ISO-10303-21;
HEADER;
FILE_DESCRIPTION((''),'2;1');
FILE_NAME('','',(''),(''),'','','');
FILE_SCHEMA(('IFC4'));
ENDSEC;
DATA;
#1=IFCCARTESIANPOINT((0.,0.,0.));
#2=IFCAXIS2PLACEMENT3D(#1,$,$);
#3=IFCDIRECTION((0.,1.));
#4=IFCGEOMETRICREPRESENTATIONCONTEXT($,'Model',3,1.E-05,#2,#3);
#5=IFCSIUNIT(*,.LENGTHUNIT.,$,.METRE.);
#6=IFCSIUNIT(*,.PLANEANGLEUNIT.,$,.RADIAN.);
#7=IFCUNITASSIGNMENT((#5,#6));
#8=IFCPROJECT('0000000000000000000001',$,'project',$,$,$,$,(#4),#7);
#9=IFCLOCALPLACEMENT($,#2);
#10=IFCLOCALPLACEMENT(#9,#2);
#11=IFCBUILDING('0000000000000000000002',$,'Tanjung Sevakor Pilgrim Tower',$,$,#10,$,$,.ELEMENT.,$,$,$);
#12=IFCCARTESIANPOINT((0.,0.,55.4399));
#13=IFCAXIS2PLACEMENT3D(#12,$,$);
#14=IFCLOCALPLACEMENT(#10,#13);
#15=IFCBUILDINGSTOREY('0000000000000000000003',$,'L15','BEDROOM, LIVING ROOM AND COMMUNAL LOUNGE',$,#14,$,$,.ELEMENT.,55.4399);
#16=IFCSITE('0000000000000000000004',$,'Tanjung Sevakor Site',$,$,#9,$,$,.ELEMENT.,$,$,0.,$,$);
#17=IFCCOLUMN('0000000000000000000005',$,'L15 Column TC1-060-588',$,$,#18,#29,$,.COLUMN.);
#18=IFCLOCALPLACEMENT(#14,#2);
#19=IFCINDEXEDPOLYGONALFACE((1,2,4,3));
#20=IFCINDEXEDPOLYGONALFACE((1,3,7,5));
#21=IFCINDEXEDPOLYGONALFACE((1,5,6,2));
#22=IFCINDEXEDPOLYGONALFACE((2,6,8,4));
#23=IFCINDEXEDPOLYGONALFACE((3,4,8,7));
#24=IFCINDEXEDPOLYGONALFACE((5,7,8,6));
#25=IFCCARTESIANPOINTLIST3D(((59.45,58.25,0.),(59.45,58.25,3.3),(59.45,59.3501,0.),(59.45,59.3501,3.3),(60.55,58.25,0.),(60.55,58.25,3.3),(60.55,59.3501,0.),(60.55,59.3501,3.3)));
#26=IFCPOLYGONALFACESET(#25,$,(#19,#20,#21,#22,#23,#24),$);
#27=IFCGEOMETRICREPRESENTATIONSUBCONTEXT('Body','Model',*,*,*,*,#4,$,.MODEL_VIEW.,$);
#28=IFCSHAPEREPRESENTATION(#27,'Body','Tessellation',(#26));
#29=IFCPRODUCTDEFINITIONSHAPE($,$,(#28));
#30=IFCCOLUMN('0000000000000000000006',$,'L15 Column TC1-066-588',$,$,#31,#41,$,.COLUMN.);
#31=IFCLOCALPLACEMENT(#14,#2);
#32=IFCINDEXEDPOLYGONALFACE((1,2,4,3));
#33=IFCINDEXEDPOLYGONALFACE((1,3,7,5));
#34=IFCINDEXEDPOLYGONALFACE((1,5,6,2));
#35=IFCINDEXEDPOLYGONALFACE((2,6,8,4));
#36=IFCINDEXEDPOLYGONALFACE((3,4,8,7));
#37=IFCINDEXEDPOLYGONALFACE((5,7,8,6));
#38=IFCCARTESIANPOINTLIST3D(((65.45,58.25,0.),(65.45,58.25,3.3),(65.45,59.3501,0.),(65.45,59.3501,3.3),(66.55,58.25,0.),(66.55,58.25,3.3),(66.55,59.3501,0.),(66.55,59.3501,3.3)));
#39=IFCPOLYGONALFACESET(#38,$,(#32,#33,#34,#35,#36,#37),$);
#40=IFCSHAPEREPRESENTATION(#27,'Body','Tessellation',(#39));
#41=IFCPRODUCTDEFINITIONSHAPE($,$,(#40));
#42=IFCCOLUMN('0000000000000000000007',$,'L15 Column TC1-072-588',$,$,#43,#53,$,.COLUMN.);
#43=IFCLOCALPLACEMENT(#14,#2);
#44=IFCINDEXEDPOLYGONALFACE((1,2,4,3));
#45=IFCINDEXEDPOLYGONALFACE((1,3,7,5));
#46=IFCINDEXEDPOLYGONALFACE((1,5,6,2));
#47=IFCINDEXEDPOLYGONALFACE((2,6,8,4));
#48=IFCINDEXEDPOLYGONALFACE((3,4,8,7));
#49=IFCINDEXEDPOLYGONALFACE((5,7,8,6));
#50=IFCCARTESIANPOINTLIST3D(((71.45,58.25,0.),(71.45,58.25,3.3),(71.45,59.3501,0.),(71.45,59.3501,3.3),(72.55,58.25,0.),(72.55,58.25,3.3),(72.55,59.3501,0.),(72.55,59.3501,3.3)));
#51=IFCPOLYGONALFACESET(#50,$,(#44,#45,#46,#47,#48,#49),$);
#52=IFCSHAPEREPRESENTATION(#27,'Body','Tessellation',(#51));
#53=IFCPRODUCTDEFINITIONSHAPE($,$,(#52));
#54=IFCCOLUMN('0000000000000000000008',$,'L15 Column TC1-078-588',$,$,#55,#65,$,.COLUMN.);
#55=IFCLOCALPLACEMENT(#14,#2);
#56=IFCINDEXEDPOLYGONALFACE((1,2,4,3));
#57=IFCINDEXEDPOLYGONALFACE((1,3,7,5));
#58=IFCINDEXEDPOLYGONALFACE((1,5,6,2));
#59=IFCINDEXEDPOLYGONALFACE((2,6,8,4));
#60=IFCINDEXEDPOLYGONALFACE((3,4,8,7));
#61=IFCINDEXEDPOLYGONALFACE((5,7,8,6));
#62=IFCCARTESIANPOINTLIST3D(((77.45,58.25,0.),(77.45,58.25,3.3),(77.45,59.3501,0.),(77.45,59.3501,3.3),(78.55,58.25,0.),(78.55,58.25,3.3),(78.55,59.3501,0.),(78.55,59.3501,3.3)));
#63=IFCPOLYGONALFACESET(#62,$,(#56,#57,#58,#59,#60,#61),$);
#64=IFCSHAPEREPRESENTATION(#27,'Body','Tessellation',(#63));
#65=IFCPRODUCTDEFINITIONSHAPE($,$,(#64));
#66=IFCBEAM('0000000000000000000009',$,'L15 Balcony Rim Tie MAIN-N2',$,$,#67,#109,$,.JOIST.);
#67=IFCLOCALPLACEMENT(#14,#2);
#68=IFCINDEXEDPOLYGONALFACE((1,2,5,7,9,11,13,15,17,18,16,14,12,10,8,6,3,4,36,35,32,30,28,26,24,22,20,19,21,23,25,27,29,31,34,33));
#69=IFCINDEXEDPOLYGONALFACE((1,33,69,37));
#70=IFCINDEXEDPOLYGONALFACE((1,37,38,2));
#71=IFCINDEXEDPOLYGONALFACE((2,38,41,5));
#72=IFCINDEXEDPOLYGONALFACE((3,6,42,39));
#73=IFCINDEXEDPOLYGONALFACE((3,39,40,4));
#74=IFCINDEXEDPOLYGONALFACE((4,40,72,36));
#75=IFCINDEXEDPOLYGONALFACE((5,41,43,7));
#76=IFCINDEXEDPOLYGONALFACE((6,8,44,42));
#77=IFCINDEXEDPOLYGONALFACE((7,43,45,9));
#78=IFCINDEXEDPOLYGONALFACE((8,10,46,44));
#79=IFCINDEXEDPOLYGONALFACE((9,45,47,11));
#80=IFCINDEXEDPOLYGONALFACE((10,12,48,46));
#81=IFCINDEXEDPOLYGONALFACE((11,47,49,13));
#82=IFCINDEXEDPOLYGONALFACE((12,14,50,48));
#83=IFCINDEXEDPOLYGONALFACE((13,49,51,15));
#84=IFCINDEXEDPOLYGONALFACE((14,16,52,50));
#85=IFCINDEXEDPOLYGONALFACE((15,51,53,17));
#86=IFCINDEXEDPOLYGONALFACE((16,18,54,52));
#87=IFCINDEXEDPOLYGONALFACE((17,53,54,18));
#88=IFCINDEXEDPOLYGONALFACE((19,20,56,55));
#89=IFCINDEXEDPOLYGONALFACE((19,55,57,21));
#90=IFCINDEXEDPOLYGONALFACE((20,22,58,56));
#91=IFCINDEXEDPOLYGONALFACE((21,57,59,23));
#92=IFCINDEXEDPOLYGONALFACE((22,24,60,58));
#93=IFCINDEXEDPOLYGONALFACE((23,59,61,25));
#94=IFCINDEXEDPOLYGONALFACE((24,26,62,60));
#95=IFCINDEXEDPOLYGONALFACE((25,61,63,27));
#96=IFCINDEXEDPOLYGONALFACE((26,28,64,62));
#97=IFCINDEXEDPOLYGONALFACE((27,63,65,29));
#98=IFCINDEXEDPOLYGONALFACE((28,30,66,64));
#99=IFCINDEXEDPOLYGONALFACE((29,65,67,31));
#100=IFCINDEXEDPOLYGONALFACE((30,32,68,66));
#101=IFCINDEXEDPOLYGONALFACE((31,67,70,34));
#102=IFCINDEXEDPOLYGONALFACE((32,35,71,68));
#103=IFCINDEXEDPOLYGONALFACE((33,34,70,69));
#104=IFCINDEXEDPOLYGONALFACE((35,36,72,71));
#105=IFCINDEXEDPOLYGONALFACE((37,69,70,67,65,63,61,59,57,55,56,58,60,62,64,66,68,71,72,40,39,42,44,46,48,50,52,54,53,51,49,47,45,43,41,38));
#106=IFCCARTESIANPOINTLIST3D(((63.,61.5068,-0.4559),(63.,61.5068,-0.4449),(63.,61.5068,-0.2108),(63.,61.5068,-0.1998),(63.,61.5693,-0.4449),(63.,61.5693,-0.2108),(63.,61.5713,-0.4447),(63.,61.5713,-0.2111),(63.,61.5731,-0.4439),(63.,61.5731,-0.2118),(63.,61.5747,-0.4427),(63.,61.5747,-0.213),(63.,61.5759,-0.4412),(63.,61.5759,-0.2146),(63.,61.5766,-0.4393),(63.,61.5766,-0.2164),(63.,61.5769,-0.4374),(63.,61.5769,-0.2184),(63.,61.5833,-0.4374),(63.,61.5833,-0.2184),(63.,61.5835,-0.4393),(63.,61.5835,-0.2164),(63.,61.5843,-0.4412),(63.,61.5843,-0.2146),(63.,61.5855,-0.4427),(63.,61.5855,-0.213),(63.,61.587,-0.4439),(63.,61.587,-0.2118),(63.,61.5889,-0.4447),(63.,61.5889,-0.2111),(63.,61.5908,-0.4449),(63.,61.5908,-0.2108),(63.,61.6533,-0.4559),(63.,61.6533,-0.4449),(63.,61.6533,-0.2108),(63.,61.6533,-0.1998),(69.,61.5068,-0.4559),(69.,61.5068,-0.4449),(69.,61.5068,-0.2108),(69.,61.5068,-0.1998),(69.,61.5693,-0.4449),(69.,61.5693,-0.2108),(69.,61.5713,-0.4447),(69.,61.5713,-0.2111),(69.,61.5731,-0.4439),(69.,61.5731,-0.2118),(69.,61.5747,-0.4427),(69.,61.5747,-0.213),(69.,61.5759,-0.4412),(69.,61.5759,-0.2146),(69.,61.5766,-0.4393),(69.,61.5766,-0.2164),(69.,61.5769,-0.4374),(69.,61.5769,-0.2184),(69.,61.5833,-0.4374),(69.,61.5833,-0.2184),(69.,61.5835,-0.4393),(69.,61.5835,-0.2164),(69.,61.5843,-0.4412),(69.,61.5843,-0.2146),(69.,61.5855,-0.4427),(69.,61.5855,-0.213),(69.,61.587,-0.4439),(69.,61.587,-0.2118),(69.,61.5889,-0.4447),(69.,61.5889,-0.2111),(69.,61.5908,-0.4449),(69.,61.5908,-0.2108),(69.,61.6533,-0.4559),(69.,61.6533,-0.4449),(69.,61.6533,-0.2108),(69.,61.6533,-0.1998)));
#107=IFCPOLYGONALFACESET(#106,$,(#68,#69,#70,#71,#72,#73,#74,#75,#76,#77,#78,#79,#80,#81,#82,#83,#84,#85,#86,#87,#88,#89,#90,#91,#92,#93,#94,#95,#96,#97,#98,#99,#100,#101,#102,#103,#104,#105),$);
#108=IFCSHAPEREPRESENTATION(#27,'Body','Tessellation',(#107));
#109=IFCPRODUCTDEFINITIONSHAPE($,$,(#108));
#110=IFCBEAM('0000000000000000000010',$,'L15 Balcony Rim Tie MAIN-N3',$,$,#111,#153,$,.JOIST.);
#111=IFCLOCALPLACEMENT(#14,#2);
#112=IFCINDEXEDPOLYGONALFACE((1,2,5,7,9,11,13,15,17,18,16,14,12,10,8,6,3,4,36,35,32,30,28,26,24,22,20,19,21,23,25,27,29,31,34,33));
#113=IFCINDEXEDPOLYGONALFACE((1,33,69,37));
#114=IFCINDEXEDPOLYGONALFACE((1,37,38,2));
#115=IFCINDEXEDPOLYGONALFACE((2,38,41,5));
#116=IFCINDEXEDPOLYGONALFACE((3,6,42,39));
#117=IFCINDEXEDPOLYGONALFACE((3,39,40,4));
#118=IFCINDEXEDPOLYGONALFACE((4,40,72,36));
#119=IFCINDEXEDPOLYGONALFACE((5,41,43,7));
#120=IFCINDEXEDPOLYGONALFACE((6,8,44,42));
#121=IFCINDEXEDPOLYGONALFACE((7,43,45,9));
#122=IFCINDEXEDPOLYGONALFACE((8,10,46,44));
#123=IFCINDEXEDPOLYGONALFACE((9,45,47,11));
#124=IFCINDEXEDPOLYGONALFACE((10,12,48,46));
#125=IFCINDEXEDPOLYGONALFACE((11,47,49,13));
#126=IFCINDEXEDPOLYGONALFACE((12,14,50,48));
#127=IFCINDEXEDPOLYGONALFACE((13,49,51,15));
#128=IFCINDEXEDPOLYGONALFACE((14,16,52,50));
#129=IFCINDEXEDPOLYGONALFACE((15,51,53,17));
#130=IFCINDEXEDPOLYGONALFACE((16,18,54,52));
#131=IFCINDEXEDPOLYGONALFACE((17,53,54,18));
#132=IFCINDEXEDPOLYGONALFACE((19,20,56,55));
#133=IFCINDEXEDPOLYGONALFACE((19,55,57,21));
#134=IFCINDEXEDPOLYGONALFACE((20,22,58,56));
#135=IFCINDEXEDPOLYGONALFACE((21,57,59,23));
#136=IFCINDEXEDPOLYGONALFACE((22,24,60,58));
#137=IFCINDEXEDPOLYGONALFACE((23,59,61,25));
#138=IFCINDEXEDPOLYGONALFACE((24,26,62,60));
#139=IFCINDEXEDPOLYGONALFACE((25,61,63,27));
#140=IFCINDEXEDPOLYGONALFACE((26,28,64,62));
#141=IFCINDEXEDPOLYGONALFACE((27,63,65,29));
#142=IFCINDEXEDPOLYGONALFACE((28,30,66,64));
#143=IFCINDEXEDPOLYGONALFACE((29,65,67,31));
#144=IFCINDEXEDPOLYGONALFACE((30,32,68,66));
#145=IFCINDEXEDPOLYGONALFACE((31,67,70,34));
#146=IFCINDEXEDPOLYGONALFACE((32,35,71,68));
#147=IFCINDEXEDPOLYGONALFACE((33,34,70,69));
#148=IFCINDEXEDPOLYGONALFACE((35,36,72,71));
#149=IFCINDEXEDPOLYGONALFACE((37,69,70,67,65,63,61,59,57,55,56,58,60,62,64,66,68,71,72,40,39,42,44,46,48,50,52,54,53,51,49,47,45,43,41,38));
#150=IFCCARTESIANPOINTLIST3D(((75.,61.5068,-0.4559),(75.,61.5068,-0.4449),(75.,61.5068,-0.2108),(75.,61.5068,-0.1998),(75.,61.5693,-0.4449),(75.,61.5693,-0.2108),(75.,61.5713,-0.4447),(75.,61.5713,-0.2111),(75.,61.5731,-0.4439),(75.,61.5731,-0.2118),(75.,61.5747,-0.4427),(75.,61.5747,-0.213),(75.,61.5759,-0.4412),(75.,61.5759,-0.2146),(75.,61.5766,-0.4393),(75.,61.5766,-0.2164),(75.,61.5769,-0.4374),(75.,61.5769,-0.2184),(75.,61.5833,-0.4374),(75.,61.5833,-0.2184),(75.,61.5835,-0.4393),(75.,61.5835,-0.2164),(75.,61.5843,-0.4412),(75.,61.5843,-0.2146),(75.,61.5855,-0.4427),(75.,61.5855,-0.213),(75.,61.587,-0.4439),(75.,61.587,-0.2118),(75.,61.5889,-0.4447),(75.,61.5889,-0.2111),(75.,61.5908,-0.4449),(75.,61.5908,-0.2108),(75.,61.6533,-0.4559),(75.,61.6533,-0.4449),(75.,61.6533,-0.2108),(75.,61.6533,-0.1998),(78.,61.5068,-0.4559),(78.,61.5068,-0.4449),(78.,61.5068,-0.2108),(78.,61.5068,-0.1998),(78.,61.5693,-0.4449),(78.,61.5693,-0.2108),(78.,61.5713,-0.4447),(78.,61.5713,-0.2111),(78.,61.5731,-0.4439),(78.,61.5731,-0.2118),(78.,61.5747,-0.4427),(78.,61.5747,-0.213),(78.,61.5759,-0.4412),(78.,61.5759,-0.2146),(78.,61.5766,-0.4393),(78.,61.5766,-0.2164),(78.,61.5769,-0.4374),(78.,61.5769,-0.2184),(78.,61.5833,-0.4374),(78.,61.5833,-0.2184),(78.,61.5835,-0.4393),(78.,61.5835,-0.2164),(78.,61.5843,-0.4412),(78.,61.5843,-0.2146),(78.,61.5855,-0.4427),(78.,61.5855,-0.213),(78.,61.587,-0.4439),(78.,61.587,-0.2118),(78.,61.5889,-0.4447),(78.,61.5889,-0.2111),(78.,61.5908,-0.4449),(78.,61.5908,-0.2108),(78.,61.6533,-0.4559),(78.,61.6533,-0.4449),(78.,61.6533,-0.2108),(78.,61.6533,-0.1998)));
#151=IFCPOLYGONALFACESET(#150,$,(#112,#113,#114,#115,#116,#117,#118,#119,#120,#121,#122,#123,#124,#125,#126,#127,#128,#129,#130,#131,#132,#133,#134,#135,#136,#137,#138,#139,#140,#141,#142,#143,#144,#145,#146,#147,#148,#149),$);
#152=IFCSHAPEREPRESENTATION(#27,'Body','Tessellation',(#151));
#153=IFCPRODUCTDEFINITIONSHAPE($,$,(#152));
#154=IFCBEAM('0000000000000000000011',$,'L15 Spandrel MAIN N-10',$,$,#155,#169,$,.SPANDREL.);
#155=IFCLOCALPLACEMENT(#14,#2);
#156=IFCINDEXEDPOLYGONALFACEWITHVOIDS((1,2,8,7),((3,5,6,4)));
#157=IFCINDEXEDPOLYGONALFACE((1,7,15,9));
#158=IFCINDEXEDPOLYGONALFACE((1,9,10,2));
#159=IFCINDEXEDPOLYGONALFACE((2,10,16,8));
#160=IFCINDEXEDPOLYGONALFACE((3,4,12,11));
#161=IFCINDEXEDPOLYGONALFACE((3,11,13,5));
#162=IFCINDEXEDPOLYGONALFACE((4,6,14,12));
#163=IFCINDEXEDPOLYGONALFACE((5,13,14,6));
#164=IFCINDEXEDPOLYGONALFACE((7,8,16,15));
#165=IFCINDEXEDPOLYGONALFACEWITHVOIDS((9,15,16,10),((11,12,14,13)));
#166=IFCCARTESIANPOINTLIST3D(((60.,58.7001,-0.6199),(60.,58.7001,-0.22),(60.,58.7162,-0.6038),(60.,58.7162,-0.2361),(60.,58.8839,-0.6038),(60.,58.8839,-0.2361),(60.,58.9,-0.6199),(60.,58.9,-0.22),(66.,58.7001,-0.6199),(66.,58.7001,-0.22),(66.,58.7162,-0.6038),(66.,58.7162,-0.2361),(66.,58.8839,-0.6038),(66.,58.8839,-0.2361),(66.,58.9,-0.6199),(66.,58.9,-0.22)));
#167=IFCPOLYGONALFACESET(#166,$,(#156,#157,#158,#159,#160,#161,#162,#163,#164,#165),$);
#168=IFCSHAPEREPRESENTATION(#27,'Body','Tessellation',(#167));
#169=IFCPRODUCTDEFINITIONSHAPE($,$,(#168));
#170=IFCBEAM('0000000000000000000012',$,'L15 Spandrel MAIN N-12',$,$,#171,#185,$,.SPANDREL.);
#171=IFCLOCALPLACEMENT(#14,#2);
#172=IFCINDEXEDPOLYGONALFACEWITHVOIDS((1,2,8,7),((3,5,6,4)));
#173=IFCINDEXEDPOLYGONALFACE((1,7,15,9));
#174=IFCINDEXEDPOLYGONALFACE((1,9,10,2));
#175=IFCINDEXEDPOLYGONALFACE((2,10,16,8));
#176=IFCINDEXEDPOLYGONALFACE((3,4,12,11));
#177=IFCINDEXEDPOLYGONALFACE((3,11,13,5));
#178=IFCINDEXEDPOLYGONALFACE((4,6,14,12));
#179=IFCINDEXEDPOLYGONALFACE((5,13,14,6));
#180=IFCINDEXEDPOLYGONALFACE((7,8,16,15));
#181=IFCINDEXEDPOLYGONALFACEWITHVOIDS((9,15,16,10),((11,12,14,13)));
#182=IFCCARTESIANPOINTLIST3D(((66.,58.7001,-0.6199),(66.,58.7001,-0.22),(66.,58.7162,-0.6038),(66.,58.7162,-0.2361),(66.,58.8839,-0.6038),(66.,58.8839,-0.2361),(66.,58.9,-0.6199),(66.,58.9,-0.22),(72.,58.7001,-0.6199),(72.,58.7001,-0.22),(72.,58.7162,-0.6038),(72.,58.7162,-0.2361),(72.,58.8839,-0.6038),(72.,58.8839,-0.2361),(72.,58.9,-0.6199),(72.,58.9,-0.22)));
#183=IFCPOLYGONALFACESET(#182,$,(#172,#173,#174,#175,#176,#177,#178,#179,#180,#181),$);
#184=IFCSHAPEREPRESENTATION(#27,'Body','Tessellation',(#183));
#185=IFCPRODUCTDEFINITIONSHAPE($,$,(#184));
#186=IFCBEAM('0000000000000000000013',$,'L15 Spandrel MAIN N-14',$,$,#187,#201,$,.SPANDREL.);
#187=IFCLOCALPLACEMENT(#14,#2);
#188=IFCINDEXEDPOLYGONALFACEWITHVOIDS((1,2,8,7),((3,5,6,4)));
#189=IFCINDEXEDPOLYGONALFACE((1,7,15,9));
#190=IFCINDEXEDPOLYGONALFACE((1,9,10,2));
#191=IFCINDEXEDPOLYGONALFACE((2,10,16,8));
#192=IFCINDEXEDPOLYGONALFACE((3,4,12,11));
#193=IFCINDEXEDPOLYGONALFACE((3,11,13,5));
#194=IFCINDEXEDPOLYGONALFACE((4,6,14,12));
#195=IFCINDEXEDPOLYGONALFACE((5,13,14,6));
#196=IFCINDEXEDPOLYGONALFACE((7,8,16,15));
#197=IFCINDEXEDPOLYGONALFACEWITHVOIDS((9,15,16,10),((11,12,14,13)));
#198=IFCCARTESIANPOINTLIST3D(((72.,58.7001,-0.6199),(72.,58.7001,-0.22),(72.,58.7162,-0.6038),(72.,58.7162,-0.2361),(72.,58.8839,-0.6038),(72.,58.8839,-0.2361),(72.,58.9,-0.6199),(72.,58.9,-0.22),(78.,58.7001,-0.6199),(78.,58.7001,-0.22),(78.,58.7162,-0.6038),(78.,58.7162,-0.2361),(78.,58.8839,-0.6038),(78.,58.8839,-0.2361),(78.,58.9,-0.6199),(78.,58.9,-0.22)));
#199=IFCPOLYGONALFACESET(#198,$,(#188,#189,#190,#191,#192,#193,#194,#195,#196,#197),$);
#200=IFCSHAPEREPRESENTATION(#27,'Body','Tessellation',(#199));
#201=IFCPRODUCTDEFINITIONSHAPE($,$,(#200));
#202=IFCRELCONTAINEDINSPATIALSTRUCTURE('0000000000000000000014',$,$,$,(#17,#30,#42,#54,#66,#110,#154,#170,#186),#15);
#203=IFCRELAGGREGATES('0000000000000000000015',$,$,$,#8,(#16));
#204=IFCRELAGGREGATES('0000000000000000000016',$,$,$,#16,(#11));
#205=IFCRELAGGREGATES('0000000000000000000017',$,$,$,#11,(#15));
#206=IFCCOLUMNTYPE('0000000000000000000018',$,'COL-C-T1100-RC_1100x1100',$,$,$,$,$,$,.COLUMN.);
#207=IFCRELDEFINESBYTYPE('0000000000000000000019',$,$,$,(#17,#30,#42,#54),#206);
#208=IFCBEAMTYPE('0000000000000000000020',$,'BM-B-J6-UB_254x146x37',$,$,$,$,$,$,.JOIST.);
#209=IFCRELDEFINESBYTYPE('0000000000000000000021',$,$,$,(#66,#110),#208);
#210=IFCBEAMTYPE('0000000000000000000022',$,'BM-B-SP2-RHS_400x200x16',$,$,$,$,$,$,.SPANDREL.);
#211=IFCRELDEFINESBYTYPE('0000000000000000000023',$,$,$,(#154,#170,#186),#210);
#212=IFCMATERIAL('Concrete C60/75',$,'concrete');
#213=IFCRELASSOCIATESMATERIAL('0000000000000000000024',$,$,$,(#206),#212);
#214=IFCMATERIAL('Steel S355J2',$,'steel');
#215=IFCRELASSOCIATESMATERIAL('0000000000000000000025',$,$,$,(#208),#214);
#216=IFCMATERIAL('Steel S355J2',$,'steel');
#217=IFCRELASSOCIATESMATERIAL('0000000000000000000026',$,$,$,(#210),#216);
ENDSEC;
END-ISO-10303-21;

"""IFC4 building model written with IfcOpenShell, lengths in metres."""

from ifc_helpers import new_model, si_unit, direction, frame, origin, origin_2d, place, context, subcontext, project, spatial, rectangle, hollow_rectangle, i_section, extrude, material, material_profile, profile_set, type_object, element, save


model = new_model("IFC4")

# Units and contexts
model_context = context("Model", 3, precision=1e-05, world=origin(), true_north=direction((0.0, 1.0)))
body_context = subcontext(model_context, "Body", "Model", "MODEL_VIEW")
ifc_project = project(units=[si_unit("LENGTHUNIT", "METRE"), si_unit("PLANEANGLEUNIT", "RADIAN")], contexts=[model_context])

# Site, building, storey
site_placement = place(None, origin())
site = spatial("IfcSite", under=ifc_project, at=site_placement, Name="Tanjung Sevakor Site", CompositionType="ELEMENT", RefElevation=0.0)
building_placement = place(site_placement, origin())
building = spatial("IfcBuilding", under=site, at=building_placement, Name="Tanjung Sevakor Pilgrim Tower", CompositionType="ELEMENT")
storey_placement = place(building_placement, frame((0.0, 0.0, 55.4399)))
storey = spatial("IfcBuildingStorey", under=building, at=storey_placement, Name="L15", Description="BEDROOM, LIVING ROOM AND COMMUNAL LOUNGE", CompositionType="ELEMENT", Elevation=55.4399)

# Columns
ifc_material_1 = material(Name="Concrete C60/75", Category="concrete")
ifc_material_profile_1 = material_profile(ifc_material_1, rectangle(XDim=1.1001, YDim=1.1001, at=origin_2d()))
ifc_profile_set_1 = profile_set([ifc_material_profile_1], Name="Concrete C60/75")
column_type = type_object("IfcColumnType", Name="COL-C-T1100-RC_1100x1100", PredefinedType="COLUMN", material=ifc_profile_set_1)
for number, where, z_axis, x_axis, name in (
    (1, (60.0, 58.8, 0.0), (0.0, 0.0, 1.0), (1.0, 0.0, 0.0), "L15 Column TC1-060-588"),
    (2, (66.0, 58.8, 0.0), (0.0, 0.0, 1.0), (1.0, 0.0, 0.0), "L15 Column TC1-066-588"),
    (3, (72.0, 58.8, 0.0), (0.0, 0.0, 1.0), (1.0, 0.0, 0.0), "L15 Column TC1-072-588"),
    (4, (78.0, 58.8, 0.0), (0.0, 0.0, 1.0), (1.0, 0.0, 0.0), "L15 Column TC1-078-588"),
):
    element("IfcColumn", number, at=place(storey_placement, frame(where, z_axis=z_axis, x_axis=x_axis)), inside=storey, type_object=column_type, Name=name, PredefinedType="COLUMN", context=body_context, shape_type="SweptSolid", body=[
        extrude(rectangle(XDim=1.1001, YDim=1.1001, at=origin_2d()), origin(), (0.0, 0.0, 1.0), 3.3),
    ])

# Beams
ifc_material_2 = material(Name="Steel S355J2", Category="steel")
ifc_material_profile_2 = material_profile(ifc_material_2, i_section(OverallWidth=0.1465, OverallDepth=0.2561, WebThickness=0.0063, FlangeThickness=0.011, FilletRadius=0.0076, at=origin_2d()))
ifc_profile_set_2 = profile_set([ifc_material_profile_2], Name="Steel S355J2")
beam_type_1 = type_object("IfcBeamType", Name="BM-B-J6-UB_254x146x37", PredefinedType="JOIST", material=ifc_profile_set_2)
beam_1_placement = place(storey_placement, frame((63.0, 61.5801, -0.3279), z_axis=(1.0, 0.0, 0.0), x_axis=(0.0, 1.0, 0.0)))
element("IfcBeam", 5, at=beam_1_placement, inside=storey, type_object=beam_type_1, Name="L15 Balcony Rim Tie MAIN-N2", PredefinedType="JOIST", context=body_context, shape_type="SweptSolid", body=[
    extrude(i_section(OverallWidth=0.1465, OverallDepth=0.2561, WebThickness=0.0063, FlangeThickness=0.011, FilletRadius=0.0076, at=origin_2d()), origin(), (0.0, 0.0, 1.0), 6.0),
])
beam_2_placement = place(storey_placement, frame((75.0, 61.5801, -0.3279), z_axis=(1.0, 0.0, 0.0), x_axis=(0.0, 1.0, 0.0)))
element("IfcBeam", 6, at=beam_2_placement, inside=storey, type_object=beam_type_1, Name="L15 Balcony Rim Tie MAIN-N3", PredefinedType="JOIST", context=body_context, shape_type="SweptSolid", body=[
    extrude(i_section(OverallWidth=0.1465, OverallDepth=0.2561, WebThickness=0.0063, FlangeThickness=0.011, FilletRadius=0.0076, at=origin_2d()), origin(), (0.0, 0.0, 1.0), 3.0),
])
ifc_material_3 = material(Name="Steel S355J2", Category="steel")
ifc_material_profile_3 = material_profile(ifc_material_3, hollow_rectangle(XDim=0.2, YDim=0.3999, WallThickness=0.0161, at=origin_2d()))
ifc_profile_set_3 = profile_set([ifc_material_profile_3], Name="Steel S355J2")
beam_type_2 = type_object("IfcBeamType", Name="BM-B-SP2-RHS_400x200x16", PredefinedType="SPANDREL", material=ifc_profile_set_3)
for number, where, z_axis, x_axis, name in (
    (7, (60.0, 58.8, -0.4199), (1.0, 0.0, 0.0), (0.0, 1.0, 0.0), "L15 Spandrel MAIN N-10"),
    (8, (66.0, 58.8, -0.4199), (1.0, 0.0, 0.0), (0.0, 1.0, 0.0), "L15 Spandrel MAIN N-12"),
    (9, (72.0, 58.8, -0.4199), (1.0, 0.0, 0.0), (0.0, 1.0, 0.0), "L15 Spandrel MAIN N-14"),
):
    element("IfcBeam", number, at=place(storey_placement, frame(where, z_axis=z_axis, x_axis=x_axis)), inside=storey, type_object=beam_type_2, Name=name, PredefinedType="SPANDREL", context=body_context, shape_type="SweptSolid", body=[
        extrude(hollow_rectangle(XDim=0.2, YDim=0.3999, WallThickness=0.0161, at=origin_2d()), origin(), (0.0, 0.0, 1.0), 6.0),
    ])

save(model, "model.ifc")
